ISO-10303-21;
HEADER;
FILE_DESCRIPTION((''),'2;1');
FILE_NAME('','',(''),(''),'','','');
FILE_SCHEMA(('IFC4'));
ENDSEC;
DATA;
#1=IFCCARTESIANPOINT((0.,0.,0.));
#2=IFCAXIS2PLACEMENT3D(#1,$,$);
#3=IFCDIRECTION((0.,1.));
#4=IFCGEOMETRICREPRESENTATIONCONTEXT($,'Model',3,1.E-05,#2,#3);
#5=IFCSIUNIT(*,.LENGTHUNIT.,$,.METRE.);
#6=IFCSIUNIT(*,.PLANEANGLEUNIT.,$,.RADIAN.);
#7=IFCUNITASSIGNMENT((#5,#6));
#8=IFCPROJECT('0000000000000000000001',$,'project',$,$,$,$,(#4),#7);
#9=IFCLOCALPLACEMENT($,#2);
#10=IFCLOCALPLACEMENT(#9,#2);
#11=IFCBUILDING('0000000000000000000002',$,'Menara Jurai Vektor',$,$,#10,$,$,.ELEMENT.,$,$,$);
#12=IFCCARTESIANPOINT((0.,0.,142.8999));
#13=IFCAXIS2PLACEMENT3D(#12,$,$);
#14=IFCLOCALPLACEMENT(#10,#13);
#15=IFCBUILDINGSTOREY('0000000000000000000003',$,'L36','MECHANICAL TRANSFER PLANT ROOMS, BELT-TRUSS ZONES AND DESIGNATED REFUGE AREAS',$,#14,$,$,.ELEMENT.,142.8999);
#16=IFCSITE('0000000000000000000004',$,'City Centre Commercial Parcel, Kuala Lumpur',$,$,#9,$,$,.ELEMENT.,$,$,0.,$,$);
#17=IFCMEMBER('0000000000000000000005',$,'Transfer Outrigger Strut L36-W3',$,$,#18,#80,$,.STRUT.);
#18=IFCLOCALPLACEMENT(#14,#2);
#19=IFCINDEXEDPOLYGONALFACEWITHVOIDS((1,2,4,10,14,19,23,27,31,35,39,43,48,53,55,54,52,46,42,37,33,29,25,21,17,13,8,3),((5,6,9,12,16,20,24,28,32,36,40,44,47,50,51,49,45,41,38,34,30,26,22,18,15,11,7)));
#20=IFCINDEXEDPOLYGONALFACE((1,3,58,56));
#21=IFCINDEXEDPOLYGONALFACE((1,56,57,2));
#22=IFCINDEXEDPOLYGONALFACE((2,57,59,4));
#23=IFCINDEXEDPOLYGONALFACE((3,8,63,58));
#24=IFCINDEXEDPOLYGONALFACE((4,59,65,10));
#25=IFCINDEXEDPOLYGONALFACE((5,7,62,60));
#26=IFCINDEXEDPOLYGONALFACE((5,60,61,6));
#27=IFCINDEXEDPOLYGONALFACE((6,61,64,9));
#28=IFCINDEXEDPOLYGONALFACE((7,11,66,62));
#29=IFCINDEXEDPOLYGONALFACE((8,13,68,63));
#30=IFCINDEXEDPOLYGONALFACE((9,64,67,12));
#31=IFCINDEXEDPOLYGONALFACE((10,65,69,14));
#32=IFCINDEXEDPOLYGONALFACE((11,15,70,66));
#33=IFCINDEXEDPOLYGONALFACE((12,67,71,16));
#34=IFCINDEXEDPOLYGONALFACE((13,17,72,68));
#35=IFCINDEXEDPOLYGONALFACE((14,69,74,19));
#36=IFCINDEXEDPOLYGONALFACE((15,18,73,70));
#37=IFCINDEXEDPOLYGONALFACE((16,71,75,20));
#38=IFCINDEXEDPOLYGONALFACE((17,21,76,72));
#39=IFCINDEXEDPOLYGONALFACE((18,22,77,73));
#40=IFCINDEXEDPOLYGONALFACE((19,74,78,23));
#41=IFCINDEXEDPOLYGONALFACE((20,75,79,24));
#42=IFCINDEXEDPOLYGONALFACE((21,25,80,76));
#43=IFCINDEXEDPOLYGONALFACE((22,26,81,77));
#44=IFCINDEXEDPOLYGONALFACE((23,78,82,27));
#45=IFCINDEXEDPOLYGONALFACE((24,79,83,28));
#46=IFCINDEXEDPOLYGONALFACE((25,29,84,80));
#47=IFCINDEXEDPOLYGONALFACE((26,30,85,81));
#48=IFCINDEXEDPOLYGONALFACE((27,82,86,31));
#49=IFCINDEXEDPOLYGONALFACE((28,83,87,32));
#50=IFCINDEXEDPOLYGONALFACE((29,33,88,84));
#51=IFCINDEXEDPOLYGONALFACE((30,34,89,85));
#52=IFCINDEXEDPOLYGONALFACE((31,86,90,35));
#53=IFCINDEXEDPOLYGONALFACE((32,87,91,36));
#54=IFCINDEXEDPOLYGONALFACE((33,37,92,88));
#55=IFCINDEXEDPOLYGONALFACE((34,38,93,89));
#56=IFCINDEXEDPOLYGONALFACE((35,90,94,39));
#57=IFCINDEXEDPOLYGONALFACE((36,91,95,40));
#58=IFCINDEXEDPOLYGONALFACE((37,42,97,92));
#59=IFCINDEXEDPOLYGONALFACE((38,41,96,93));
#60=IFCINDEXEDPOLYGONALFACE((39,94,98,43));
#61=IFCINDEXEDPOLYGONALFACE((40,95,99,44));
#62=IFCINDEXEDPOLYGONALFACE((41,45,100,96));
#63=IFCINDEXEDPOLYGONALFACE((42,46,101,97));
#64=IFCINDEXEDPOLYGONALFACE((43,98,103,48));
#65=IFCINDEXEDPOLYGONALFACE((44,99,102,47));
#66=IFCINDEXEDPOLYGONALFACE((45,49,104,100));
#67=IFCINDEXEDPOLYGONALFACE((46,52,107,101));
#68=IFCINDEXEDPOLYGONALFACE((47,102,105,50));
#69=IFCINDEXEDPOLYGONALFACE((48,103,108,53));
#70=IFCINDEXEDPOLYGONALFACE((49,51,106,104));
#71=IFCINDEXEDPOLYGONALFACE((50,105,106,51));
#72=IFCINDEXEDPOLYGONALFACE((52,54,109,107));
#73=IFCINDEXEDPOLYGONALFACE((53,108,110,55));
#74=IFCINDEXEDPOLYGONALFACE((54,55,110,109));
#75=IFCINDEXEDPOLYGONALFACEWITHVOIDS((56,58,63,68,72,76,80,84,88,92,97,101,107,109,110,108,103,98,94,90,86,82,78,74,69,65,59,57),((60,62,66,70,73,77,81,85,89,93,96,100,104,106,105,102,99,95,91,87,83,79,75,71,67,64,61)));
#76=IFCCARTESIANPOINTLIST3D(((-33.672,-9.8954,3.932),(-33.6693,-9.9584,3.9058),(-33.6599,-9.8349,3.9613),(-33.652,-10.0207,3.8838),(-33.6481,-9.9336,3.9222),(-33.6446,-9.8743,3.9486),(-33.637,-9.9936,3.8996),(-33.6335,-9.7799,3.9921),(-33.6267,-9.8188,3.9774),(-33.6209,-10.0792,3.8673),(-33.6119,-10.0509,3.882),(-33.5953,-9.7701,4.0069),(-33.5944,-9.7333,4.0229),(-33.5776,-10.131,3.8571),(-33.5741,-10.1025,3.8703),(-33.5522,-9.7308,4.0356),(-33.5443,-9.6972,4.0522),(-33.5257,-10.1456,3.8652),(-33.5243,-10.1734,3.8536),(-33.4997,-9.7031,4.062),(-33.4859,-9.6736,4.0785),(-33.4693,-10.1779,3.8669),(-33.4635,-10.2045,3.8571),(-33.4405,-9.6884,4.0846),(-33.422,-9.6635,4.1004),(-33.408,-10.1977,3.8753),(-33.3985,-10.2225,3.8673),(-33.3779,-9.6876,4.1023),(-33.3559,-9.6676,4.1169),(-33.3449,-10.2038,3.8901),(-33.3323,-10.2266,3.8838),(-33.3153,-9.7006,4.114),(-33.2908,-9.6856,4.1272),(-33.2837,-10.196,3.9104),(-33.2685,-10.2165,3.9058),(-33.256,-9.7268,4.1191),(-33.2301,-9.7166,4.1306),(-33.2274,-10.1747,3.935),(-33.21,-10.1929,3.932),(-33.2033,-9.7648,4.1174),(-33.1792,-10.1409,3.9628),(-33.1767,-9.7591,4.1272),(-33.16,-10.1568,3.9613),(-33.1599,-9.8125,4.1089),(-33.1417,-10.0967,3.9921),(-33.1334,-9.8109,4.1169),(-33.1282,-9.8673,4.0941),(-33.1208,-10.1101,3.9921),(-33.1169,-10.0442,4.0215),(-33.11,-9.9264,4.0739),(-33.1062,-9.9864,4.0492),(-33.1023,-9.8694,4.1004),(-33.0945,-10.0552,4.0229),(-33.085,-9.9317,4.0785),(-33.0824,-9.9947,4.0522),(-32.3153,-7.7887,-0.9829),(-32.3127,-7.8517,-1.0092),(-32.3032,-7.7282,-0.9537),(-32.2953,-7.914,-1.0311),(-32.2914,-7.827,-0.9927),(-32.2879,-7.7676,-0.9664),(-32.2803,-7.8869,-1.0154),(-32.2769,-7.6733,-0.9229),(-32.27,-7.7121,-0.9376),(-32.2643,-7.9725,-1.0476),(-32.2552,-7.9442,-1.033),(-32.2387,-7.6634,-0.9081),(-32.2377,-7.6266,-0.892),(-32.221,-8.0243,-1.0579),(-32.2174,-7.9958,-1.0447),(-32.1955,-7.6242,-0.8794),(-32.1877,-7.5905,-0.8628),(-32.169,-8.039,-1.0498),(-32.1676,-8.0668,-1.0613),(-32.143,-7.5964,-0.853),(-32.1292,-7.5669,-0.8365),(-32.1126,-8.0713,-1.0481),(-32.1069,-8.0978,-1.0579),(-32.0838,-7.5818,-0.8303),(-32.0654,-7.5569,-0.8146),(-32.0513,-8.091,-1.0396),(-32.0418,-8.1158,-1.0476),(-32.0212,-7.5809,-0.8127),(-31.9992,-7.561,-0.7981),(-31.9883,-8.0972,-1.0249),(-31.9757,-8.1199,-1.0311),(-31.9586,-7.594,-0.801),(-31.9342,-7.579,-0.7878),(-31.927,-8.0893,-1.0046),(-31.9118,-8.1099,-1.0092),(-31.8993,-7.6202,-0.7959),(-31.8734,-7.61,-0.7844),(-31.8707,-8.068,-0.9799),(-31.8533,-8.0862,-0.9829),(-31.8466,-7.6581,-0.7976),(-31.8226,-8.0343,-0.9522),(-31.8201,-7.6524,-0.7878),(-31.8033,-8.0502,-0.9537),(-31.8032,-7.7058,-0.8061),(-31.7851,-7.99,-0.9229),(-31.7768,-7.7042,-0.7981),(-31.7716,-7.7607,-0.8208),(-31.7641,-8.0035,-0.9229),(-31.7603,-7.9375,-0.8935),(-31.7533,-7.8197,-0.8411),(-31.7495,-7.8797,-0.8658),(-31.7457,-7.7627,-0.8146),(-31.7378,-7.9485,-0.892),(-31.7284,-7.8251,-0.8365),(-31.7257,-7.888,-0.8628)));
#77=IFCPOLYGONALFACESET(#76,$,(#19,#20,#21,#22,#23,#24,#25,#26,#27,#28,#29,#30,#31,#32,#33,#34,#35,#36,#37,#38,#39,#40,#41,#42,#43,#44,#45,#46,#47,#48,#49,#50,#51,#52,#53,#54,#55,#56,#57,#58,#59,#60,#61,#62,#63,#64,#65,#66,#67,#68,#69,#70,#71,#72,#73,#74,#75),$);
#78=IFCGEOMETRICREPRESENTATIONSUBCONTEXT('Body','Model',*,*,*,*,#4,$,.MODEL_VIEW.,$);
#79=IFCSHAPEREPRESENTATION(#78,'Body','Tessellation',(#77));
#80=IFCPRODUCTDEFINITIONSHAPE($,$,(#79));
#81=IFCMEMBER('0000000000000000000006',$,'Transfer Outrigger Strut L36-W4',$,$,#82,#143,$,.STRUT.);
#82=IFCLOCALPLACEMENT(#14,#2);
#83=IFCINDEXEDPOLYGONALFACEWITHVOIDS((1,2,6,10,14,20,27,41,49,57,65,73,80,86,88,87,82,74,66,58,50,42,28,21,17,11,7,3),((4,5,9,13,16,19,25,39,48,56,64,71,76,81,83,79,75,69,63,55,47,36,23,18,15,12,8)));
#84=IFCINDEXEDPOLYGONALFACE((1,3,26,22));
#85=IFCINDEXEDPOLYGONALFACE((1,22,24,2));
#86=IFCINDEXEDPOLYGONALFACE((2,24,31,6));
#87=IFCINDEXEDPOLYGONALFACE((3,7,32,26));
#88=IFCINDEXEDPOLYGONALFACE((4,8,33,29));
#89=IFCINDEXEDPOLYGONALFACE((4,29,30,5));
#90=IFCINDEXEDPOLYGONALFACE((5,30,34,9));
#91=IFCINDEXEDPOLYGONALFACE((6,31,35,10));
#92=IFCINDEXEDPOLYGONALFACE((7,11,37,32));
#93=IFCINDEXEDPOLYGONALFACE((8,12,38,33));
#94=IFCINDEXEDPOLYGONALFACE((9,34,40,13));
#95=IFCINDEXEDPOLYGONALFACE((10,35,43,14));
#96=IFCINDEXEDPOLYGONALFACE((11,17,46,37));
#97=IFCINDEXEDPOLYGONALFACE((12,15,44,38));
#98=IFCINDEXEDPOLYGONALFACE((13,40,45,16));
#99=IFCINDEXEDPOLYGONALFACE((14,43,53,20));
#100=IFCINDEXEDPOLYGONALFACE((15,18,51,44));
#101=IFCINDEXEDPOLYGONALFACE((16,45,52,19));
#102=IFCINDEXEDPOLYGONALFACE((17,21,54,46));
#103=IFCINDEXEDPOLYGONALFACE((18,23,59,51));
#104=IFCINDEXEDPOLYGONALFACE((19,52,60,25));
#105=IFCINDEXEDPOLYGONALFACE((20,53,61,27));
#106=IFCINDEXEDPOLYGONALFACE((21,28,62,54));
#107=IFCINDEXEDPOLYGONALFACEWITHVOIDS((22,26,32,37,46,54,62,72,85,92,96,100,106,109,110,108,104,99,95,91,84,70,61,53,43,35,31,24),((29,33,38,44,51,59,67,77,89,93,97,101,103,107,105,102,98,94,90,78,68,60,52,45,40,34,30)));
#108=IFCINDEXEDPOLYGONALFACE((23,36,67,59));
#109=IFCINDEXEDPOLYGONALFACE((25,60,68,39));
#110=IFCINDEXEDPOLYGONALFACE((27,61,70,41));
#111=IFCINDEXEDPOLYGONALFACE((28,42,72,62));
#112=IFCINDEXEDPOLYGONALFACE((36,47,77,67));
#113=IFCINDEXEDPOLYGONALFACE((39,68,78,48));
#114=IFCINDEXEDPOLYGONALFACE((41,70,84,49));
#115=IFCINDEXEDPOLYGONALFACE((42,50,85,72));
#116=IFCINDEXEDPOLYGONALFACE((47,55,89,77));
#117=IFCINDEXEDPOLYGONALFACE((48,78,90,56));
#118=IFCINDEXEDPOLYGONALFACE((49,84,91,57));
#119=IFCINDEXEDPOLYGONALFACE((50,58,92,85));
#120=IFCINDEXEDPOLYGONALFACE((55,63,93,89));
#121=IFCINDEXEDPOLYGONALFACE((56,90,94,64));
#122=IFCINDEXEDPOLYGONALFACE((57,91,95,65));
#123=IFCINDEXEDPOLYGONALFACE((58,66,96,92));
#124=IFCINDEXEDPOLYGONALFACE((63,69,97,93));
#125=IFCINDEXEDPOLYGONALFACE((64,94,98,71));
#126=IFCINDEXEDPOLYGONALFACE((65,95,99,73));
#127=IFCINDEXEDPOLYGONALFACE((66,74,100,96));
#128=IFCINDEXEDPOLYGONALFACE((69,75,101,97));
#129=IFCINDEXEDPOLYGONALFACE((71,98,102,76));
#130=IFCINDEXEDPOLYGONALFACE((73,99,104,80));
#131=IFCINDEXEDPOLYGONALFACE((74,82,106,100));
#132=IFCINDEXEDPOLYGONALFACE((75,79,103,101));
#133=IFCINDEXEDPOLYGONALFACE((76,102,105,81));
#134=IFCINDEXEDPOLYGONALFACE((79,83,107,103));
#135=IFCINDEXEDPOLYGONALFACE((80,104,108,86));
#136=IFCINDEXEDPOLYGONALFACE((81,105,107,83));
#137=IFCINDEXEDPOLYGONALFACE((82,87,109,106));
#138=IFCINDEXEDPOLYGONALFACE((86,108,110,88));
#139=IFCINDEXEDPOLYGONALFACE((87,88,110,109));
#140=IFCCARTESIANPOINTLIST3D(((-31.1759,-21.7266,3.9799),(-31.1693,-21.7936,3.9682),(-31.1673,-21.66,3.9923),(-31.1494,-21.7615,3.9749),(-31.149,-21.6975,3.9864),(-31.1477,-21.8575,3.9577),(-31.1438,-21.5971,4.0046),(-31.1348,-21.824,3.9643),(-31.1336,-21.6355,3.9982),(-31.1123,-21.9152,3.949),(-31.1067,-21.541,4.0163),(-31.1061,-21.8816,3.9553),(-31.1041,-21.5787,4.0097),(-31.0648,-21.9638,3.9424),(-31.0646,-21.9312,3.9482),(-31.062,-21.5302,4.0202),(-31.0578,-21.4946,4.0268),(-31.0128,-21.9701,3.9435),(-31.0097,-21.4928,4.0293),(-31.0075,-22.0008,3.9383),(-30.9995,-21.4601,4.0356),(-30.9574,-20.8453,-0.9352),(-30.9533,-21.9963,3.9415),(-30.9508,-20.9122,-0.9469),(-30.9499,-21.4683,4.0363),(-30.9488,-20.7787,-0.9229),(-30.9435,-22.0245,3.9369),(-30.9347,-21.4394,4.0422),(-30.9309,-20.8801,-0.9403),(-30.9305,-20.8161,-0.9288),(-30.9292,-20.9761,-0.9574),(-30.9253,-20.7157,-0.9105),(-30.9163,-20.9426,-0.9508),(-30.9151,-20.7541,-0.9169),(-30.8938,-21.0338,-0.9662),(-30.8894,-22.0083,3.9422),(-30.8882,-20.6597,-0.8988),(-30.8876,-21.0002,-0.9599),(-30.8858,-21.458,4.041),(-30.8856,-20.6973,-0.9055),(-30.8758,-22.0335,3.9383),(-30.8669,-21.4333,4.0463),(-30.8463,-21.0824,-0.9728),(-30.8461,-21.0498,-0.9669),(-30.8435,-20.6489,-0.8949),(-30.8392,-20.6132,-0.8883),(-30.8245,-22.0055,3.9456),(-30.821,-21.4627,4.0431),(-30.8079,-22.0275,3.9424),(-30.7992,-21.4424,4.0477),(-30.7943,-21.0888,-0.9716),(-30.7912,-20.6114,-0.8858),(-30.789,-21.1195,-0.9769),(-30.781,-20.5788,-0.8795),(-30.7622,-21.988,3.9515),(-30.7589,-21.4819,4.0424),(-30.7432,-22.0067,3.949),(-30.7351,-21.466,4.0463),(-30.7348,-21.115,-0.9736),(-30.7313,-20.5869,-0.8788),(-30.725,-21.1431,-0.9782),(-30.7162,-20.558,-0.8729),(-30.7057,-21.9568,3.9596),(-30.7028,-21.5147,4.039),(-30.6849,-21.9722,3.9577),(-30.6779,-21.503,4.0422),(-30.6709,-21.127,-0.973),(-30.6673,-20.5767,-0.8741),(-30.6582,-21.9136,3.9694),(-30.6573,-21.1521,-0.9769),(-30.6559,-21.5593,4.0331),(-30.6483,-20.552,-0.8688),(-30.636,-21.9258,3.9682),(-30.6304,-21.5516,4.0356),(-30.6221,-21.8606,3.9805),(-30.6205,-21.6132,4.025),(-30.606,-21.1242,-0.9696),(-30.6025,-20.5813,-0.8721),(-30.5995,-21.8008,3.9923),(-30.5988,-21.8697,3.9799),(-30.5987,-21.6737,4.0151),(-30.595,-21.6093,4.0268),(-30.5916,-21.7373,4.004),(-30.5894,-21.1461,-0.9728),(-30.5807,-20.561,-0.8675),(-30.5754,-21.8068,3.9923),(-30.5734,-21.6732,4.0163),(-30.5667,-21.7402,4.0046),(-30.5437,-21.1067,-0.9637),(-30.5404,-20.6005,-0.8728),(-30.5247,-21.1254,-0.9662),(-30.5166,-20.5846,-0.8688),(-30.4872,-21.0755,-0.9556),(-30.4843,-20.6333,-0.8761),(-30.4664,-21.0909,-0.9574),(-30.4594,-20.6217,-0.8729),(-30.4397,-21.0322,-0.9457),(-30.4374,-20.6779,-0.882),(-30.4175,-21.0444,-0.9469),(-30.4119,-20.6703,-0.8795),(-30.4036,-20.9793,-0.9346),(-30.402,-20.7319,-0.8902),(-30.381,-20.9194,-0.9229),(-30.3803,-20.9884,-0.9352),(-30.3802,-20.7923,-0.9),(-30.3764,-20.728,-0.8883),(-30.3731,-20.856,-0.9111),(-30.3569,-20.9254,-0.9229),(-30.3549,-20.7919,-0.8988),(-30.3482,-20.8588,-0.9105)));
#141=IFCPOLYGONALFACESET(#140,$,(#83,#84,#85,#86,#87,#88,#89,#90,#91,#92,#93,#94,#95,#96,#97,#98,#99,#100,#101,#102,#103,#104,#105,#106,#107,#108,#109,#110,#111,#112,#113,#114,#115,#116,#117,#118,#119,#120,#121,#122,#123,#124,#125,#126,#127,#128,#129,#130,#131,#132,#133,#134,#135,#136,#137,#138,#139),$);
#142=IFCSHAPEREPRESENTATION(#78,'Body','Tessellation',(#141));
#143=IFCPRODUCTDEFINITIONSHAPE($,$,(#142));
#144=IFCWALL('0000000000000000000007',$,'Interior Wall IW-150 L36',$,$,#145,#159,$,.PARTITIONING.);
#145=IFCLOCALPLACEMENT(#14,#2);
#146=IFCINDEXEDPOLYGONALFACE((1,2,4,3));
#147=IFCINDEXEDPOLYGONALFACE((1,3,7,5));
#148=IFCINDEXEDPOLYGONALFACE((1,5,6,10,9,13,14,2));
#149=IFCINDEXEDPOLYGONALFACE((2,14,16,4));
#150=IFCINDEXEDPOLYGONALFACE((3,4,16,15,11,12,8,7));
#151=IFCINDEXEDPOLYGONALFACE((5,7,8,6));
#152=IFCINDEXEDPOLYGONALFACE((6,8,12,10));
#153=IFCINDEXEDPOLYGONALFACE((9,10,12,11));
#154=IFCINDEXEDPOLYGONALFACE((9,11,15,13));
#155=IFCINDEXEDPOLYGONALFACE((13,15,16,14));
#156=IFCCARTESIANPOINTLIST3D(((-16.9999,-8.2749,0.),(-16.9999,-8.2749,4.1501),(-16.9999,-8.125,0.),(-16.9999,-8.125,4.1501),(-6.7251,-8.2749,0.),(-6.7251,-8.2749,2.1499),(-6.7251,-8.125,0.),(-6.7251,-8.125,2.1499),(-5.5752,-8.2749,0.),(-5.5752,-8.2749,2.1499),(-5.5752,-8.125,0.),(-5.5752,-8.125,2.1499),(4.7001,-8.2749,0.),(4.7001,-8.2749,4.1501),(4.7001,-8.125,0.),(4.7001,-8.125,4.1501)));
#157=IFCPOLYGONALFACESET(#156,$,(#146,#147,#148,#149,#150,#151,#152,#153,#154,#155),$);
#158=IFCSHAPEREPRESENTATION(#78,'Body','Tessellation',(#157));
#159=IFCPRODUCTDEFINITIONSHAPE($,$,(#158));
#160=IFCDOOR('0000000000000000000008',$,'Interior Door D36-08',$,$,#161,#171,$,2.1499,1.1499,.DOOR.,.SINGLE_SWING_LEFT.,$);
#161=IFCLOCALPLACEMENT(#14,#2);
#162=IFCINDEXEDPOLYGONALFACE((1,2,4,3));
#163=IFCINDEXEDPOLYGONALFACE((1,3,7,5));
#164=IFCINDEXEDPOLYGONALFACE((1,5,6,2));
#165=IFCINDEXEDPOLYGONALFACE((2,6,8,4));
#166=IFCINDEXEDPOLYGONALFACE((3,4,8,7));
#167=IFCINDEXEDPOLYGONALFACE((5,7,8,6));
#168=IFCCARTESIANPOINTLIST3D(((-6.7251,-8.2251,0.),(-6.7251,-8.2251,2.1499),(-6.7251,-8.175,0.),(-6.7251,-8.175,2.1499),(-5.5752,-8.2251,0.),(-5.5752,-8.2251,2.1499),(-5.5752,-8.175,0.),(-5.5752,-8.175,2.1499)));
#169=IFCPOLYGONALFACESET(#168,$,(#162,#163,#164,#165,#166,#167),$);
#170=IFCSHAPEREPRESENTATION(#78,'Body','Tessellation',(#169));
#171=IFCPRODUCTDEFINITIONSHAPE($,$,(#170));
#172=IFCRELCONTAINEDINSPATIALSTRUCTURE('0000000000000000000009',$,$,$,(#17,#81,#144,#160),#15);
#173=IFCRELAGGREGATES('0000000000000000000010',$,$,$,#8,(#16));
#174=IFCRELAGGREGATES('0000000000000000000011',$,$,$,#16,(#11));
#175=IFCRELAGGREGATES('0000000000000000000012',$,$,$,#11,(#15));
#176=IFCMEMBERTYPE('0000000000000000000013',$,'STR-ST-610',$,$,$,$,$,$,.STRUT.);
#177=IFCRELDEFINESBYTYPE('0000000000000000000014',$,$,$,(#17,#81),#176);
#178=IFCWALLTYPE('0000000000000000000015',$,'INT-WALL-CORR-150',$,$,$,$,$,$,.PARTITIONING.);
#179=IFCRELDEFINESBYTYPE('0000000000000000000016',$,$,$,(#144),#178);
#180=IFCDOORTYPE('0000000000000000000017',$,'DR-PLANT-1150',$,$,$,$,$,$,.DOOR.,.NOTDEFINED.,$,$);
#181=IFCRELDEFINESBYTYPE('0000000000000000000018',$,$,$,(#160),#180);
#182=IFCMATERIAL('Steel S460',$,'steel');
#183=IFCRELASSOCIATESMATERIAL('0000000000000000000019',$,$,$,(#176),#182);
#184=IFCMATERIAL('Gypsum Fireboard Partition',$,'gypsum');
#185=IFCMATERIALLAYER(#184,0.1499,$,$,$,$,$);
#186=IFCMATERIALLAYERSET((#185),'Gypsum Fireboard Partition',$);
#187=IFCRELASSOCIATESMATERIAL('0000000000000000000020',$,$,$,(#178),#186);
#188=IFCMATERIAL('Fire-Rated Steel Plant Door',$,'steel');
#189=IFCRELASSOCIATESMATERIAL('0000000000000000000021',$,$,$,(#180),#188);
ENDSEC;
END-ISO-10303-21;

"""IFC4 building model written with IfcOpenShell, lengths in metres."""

from ifc_helpers import new_model, si_unit, direction, frame, frame_2d, origin, origin_2d, place, context, subcontext, project, spatial, rectangle, hollow_circle, extrude, material, layer, layer_set, material_profile, profile_set, type_object, element, fill, save


model = new_model("IFC4")

# Units and contexts
model_context = context("Model", 3, precision=1e-05, world=origin(), true_north=direction((0.0, 1.0)))
body_context = subcontext(model_context, "Body", "Model", "MODEL_VIEW")
ifc_project = project(units=[si_unit("LENGTHUNIT", "METRE"), si_unit("PLANEANGLEUNIT", "RADIAN")], contexts=[model_context])

# Site, building, storey
site_placement = place(None, origin())
site = spatial("IfcSite", under=ifc_project, at=site_placement, Name="City Centre Commercial Parcel, Kuala Lumpur", CompositionType="ELEMENT", RefElevation=0.0)
building_placement = place(site_placement, origin())
building = spatial("IfcBuilding", under=site, at=building_placement, Name="Menara Jurai Vektor", CompositionType="ELEMENT")
storey_placement = place(building_placement, frame((0.0, 0.0, 142.8999)))
storey = spatial("IfcBuildingStorey", under=building, at=storey_placement, Name="L36", Description="MECHANICAL TRANSFER PLANT ROOMS, BELT-TRUSS ZONES AND DESIGNATED REFUGE AREAS", CompositionType="ELEMENT", Elevation=142.8999)

# Shared definitions
ifc_material_1 = material(Name="Steel S460", Category="steel")

# Members
ifc_material_profile_1 = material_profile(ifc_material_1, hollow_circle(Radius=0.3049, WallThickness=0.0249, at=origin_2d()), Name="CHS 610x25")
ifc_profile_set_1 = profile_set([ifc_material_profile_1], Name="Steel S460")
member_type_1 = type_object("IfcMemberType", Name="STR-ST-610", PredefinedType="STRUT", material=ifc_profile_set_1)
member_1_placement = place(storey_placement, frame((-32.0205, -7.8384, -0.9229), z_axis=(-0.245914, -0.38186, 0.890903), x_axis=(0.840745, -0.541432, 0.0)))
element("IfcMember", 1, at=member_1_placement, inside=storey, type_object=member_type_1, Name="Transfer Outrigger Strut L36-W3", PredefinedType="STRUT", context=body_context, shape_type="SweptSolid", body=[
    extrude(hollow_circle(Radius=0.3049, WallThickness=0.0249, at=origin_2d()), origin(), (0.0, 0.0, 1.0), 5.5168),
])
member_2_placement = place(storey_placement, frame((-30.6528, -20.8521, -0.9229), z_axis=(-0.043717, -0.176333, 0.983359), x_axis=(0.970615, -0.240637, 0.0)))
element("IfcMember", 2, at=member_2_placement, inside=storey, type_object=member_type_1, Name="Transfer Outrigger Strut L36-W4", PredefinedType="STRUT", context=body_context, shape_type="SweptSolid", body=[
    extrude(hollow_circle(Radius=0.3049, WallThickness=0.0249, at=origin_2d()), origin(), (0.0, 0.0, 1.0), 4.9983),
])

# Wall, opening, door
ifc_material_2 = material(Name="Gypsum Fireboard Partition", Category="gypsum")
ifc_layer = layer(ifc_material_2, 0.1499)
ifc_layer_set = layer_set([ifc_layer], Name="Gypsum Fireboard Partition")
wall_type = type_object("IfcWallType", Name="INT-WALL-CORR-150", PredefinedType="PARTITIONING", material=ifc_layer_set)
wall_1_placement = place(storey_placement, frame((-17.0, -8.2, 0.0), z_axis=(0.0, 0.0, 1.0), x_axis=(1.0, 0.0, 0.0)))
wall_1 = element("IfcWall", 3, at=wall_1_placement, inside=storey, type_object=wall_type, Name="Interior Wall IW-150 L36", PredefinedType="PARTITIONING", context=body_context, shape_type="SweptSolid", body=[
    extrude(rectangle(XDim=21.7, YDim=0.1499, at=frame_2d((10.8501, 0.0))), origin(), (0.0, 0.0, 1.0), 4.1501),
])
opening_1_placement = place(wall_1_placement, frame((10.2749, 0.0, 0.0)))
opening_1 = element("IfcOpeningElement", 4, at=opening_1_placement, cuts=wall_1, PredefinedType="OPENING", context=body_context, shape_type="SweptSolid", body=[
    extrude(rectangle(XDim=1.1499, YDim=2.1499, at=frame_2d((0.575, 1.075))), frame((0.0, 0.085, 0.0), z_axis=(0.0, -1.0, 0.0), x_axis=(1.0, 0.0, 0.0)), (0.0, 0.0, 1.0), 0.1699),
])
ifc_material_3 = material(Name="Fire-Rated Steel Plant Door", Category="steel")
door_type = type_object("IfcDoorType", Name="DR-PLANT-1150", OperationType="NOTDEFINED", PredefinedType="DOOR", material=ifc_material_3)
door_1_placement = place(opening_1_placement, origin())
door_1 = element("IfcDoor", 5, at=door_1_placement, inside=storey, type_object=door_type, Name="Interior Door D36-08", OperationType="SINGLE_SWING_LEFT", OverallHeight=2.1499, OverallWidth=1.1499, PredefinedType="DOOR", context=body_context, shape_type="SweptSolid", body=[
    extrude(rectangle(XDim=1.1499, YDim=2.1499, at=frame_2d((0.575, 1.075))), frame((0.0, 0.0249, 0.0), z_axis=(0.0, -1.0, 0.0), x_axis=(1.0, 0.0, 0.0)), (0.0, 0.0, 1.0), 0.05),
])
fill(opening_1, door_1)

save(model, "model.ifc")
